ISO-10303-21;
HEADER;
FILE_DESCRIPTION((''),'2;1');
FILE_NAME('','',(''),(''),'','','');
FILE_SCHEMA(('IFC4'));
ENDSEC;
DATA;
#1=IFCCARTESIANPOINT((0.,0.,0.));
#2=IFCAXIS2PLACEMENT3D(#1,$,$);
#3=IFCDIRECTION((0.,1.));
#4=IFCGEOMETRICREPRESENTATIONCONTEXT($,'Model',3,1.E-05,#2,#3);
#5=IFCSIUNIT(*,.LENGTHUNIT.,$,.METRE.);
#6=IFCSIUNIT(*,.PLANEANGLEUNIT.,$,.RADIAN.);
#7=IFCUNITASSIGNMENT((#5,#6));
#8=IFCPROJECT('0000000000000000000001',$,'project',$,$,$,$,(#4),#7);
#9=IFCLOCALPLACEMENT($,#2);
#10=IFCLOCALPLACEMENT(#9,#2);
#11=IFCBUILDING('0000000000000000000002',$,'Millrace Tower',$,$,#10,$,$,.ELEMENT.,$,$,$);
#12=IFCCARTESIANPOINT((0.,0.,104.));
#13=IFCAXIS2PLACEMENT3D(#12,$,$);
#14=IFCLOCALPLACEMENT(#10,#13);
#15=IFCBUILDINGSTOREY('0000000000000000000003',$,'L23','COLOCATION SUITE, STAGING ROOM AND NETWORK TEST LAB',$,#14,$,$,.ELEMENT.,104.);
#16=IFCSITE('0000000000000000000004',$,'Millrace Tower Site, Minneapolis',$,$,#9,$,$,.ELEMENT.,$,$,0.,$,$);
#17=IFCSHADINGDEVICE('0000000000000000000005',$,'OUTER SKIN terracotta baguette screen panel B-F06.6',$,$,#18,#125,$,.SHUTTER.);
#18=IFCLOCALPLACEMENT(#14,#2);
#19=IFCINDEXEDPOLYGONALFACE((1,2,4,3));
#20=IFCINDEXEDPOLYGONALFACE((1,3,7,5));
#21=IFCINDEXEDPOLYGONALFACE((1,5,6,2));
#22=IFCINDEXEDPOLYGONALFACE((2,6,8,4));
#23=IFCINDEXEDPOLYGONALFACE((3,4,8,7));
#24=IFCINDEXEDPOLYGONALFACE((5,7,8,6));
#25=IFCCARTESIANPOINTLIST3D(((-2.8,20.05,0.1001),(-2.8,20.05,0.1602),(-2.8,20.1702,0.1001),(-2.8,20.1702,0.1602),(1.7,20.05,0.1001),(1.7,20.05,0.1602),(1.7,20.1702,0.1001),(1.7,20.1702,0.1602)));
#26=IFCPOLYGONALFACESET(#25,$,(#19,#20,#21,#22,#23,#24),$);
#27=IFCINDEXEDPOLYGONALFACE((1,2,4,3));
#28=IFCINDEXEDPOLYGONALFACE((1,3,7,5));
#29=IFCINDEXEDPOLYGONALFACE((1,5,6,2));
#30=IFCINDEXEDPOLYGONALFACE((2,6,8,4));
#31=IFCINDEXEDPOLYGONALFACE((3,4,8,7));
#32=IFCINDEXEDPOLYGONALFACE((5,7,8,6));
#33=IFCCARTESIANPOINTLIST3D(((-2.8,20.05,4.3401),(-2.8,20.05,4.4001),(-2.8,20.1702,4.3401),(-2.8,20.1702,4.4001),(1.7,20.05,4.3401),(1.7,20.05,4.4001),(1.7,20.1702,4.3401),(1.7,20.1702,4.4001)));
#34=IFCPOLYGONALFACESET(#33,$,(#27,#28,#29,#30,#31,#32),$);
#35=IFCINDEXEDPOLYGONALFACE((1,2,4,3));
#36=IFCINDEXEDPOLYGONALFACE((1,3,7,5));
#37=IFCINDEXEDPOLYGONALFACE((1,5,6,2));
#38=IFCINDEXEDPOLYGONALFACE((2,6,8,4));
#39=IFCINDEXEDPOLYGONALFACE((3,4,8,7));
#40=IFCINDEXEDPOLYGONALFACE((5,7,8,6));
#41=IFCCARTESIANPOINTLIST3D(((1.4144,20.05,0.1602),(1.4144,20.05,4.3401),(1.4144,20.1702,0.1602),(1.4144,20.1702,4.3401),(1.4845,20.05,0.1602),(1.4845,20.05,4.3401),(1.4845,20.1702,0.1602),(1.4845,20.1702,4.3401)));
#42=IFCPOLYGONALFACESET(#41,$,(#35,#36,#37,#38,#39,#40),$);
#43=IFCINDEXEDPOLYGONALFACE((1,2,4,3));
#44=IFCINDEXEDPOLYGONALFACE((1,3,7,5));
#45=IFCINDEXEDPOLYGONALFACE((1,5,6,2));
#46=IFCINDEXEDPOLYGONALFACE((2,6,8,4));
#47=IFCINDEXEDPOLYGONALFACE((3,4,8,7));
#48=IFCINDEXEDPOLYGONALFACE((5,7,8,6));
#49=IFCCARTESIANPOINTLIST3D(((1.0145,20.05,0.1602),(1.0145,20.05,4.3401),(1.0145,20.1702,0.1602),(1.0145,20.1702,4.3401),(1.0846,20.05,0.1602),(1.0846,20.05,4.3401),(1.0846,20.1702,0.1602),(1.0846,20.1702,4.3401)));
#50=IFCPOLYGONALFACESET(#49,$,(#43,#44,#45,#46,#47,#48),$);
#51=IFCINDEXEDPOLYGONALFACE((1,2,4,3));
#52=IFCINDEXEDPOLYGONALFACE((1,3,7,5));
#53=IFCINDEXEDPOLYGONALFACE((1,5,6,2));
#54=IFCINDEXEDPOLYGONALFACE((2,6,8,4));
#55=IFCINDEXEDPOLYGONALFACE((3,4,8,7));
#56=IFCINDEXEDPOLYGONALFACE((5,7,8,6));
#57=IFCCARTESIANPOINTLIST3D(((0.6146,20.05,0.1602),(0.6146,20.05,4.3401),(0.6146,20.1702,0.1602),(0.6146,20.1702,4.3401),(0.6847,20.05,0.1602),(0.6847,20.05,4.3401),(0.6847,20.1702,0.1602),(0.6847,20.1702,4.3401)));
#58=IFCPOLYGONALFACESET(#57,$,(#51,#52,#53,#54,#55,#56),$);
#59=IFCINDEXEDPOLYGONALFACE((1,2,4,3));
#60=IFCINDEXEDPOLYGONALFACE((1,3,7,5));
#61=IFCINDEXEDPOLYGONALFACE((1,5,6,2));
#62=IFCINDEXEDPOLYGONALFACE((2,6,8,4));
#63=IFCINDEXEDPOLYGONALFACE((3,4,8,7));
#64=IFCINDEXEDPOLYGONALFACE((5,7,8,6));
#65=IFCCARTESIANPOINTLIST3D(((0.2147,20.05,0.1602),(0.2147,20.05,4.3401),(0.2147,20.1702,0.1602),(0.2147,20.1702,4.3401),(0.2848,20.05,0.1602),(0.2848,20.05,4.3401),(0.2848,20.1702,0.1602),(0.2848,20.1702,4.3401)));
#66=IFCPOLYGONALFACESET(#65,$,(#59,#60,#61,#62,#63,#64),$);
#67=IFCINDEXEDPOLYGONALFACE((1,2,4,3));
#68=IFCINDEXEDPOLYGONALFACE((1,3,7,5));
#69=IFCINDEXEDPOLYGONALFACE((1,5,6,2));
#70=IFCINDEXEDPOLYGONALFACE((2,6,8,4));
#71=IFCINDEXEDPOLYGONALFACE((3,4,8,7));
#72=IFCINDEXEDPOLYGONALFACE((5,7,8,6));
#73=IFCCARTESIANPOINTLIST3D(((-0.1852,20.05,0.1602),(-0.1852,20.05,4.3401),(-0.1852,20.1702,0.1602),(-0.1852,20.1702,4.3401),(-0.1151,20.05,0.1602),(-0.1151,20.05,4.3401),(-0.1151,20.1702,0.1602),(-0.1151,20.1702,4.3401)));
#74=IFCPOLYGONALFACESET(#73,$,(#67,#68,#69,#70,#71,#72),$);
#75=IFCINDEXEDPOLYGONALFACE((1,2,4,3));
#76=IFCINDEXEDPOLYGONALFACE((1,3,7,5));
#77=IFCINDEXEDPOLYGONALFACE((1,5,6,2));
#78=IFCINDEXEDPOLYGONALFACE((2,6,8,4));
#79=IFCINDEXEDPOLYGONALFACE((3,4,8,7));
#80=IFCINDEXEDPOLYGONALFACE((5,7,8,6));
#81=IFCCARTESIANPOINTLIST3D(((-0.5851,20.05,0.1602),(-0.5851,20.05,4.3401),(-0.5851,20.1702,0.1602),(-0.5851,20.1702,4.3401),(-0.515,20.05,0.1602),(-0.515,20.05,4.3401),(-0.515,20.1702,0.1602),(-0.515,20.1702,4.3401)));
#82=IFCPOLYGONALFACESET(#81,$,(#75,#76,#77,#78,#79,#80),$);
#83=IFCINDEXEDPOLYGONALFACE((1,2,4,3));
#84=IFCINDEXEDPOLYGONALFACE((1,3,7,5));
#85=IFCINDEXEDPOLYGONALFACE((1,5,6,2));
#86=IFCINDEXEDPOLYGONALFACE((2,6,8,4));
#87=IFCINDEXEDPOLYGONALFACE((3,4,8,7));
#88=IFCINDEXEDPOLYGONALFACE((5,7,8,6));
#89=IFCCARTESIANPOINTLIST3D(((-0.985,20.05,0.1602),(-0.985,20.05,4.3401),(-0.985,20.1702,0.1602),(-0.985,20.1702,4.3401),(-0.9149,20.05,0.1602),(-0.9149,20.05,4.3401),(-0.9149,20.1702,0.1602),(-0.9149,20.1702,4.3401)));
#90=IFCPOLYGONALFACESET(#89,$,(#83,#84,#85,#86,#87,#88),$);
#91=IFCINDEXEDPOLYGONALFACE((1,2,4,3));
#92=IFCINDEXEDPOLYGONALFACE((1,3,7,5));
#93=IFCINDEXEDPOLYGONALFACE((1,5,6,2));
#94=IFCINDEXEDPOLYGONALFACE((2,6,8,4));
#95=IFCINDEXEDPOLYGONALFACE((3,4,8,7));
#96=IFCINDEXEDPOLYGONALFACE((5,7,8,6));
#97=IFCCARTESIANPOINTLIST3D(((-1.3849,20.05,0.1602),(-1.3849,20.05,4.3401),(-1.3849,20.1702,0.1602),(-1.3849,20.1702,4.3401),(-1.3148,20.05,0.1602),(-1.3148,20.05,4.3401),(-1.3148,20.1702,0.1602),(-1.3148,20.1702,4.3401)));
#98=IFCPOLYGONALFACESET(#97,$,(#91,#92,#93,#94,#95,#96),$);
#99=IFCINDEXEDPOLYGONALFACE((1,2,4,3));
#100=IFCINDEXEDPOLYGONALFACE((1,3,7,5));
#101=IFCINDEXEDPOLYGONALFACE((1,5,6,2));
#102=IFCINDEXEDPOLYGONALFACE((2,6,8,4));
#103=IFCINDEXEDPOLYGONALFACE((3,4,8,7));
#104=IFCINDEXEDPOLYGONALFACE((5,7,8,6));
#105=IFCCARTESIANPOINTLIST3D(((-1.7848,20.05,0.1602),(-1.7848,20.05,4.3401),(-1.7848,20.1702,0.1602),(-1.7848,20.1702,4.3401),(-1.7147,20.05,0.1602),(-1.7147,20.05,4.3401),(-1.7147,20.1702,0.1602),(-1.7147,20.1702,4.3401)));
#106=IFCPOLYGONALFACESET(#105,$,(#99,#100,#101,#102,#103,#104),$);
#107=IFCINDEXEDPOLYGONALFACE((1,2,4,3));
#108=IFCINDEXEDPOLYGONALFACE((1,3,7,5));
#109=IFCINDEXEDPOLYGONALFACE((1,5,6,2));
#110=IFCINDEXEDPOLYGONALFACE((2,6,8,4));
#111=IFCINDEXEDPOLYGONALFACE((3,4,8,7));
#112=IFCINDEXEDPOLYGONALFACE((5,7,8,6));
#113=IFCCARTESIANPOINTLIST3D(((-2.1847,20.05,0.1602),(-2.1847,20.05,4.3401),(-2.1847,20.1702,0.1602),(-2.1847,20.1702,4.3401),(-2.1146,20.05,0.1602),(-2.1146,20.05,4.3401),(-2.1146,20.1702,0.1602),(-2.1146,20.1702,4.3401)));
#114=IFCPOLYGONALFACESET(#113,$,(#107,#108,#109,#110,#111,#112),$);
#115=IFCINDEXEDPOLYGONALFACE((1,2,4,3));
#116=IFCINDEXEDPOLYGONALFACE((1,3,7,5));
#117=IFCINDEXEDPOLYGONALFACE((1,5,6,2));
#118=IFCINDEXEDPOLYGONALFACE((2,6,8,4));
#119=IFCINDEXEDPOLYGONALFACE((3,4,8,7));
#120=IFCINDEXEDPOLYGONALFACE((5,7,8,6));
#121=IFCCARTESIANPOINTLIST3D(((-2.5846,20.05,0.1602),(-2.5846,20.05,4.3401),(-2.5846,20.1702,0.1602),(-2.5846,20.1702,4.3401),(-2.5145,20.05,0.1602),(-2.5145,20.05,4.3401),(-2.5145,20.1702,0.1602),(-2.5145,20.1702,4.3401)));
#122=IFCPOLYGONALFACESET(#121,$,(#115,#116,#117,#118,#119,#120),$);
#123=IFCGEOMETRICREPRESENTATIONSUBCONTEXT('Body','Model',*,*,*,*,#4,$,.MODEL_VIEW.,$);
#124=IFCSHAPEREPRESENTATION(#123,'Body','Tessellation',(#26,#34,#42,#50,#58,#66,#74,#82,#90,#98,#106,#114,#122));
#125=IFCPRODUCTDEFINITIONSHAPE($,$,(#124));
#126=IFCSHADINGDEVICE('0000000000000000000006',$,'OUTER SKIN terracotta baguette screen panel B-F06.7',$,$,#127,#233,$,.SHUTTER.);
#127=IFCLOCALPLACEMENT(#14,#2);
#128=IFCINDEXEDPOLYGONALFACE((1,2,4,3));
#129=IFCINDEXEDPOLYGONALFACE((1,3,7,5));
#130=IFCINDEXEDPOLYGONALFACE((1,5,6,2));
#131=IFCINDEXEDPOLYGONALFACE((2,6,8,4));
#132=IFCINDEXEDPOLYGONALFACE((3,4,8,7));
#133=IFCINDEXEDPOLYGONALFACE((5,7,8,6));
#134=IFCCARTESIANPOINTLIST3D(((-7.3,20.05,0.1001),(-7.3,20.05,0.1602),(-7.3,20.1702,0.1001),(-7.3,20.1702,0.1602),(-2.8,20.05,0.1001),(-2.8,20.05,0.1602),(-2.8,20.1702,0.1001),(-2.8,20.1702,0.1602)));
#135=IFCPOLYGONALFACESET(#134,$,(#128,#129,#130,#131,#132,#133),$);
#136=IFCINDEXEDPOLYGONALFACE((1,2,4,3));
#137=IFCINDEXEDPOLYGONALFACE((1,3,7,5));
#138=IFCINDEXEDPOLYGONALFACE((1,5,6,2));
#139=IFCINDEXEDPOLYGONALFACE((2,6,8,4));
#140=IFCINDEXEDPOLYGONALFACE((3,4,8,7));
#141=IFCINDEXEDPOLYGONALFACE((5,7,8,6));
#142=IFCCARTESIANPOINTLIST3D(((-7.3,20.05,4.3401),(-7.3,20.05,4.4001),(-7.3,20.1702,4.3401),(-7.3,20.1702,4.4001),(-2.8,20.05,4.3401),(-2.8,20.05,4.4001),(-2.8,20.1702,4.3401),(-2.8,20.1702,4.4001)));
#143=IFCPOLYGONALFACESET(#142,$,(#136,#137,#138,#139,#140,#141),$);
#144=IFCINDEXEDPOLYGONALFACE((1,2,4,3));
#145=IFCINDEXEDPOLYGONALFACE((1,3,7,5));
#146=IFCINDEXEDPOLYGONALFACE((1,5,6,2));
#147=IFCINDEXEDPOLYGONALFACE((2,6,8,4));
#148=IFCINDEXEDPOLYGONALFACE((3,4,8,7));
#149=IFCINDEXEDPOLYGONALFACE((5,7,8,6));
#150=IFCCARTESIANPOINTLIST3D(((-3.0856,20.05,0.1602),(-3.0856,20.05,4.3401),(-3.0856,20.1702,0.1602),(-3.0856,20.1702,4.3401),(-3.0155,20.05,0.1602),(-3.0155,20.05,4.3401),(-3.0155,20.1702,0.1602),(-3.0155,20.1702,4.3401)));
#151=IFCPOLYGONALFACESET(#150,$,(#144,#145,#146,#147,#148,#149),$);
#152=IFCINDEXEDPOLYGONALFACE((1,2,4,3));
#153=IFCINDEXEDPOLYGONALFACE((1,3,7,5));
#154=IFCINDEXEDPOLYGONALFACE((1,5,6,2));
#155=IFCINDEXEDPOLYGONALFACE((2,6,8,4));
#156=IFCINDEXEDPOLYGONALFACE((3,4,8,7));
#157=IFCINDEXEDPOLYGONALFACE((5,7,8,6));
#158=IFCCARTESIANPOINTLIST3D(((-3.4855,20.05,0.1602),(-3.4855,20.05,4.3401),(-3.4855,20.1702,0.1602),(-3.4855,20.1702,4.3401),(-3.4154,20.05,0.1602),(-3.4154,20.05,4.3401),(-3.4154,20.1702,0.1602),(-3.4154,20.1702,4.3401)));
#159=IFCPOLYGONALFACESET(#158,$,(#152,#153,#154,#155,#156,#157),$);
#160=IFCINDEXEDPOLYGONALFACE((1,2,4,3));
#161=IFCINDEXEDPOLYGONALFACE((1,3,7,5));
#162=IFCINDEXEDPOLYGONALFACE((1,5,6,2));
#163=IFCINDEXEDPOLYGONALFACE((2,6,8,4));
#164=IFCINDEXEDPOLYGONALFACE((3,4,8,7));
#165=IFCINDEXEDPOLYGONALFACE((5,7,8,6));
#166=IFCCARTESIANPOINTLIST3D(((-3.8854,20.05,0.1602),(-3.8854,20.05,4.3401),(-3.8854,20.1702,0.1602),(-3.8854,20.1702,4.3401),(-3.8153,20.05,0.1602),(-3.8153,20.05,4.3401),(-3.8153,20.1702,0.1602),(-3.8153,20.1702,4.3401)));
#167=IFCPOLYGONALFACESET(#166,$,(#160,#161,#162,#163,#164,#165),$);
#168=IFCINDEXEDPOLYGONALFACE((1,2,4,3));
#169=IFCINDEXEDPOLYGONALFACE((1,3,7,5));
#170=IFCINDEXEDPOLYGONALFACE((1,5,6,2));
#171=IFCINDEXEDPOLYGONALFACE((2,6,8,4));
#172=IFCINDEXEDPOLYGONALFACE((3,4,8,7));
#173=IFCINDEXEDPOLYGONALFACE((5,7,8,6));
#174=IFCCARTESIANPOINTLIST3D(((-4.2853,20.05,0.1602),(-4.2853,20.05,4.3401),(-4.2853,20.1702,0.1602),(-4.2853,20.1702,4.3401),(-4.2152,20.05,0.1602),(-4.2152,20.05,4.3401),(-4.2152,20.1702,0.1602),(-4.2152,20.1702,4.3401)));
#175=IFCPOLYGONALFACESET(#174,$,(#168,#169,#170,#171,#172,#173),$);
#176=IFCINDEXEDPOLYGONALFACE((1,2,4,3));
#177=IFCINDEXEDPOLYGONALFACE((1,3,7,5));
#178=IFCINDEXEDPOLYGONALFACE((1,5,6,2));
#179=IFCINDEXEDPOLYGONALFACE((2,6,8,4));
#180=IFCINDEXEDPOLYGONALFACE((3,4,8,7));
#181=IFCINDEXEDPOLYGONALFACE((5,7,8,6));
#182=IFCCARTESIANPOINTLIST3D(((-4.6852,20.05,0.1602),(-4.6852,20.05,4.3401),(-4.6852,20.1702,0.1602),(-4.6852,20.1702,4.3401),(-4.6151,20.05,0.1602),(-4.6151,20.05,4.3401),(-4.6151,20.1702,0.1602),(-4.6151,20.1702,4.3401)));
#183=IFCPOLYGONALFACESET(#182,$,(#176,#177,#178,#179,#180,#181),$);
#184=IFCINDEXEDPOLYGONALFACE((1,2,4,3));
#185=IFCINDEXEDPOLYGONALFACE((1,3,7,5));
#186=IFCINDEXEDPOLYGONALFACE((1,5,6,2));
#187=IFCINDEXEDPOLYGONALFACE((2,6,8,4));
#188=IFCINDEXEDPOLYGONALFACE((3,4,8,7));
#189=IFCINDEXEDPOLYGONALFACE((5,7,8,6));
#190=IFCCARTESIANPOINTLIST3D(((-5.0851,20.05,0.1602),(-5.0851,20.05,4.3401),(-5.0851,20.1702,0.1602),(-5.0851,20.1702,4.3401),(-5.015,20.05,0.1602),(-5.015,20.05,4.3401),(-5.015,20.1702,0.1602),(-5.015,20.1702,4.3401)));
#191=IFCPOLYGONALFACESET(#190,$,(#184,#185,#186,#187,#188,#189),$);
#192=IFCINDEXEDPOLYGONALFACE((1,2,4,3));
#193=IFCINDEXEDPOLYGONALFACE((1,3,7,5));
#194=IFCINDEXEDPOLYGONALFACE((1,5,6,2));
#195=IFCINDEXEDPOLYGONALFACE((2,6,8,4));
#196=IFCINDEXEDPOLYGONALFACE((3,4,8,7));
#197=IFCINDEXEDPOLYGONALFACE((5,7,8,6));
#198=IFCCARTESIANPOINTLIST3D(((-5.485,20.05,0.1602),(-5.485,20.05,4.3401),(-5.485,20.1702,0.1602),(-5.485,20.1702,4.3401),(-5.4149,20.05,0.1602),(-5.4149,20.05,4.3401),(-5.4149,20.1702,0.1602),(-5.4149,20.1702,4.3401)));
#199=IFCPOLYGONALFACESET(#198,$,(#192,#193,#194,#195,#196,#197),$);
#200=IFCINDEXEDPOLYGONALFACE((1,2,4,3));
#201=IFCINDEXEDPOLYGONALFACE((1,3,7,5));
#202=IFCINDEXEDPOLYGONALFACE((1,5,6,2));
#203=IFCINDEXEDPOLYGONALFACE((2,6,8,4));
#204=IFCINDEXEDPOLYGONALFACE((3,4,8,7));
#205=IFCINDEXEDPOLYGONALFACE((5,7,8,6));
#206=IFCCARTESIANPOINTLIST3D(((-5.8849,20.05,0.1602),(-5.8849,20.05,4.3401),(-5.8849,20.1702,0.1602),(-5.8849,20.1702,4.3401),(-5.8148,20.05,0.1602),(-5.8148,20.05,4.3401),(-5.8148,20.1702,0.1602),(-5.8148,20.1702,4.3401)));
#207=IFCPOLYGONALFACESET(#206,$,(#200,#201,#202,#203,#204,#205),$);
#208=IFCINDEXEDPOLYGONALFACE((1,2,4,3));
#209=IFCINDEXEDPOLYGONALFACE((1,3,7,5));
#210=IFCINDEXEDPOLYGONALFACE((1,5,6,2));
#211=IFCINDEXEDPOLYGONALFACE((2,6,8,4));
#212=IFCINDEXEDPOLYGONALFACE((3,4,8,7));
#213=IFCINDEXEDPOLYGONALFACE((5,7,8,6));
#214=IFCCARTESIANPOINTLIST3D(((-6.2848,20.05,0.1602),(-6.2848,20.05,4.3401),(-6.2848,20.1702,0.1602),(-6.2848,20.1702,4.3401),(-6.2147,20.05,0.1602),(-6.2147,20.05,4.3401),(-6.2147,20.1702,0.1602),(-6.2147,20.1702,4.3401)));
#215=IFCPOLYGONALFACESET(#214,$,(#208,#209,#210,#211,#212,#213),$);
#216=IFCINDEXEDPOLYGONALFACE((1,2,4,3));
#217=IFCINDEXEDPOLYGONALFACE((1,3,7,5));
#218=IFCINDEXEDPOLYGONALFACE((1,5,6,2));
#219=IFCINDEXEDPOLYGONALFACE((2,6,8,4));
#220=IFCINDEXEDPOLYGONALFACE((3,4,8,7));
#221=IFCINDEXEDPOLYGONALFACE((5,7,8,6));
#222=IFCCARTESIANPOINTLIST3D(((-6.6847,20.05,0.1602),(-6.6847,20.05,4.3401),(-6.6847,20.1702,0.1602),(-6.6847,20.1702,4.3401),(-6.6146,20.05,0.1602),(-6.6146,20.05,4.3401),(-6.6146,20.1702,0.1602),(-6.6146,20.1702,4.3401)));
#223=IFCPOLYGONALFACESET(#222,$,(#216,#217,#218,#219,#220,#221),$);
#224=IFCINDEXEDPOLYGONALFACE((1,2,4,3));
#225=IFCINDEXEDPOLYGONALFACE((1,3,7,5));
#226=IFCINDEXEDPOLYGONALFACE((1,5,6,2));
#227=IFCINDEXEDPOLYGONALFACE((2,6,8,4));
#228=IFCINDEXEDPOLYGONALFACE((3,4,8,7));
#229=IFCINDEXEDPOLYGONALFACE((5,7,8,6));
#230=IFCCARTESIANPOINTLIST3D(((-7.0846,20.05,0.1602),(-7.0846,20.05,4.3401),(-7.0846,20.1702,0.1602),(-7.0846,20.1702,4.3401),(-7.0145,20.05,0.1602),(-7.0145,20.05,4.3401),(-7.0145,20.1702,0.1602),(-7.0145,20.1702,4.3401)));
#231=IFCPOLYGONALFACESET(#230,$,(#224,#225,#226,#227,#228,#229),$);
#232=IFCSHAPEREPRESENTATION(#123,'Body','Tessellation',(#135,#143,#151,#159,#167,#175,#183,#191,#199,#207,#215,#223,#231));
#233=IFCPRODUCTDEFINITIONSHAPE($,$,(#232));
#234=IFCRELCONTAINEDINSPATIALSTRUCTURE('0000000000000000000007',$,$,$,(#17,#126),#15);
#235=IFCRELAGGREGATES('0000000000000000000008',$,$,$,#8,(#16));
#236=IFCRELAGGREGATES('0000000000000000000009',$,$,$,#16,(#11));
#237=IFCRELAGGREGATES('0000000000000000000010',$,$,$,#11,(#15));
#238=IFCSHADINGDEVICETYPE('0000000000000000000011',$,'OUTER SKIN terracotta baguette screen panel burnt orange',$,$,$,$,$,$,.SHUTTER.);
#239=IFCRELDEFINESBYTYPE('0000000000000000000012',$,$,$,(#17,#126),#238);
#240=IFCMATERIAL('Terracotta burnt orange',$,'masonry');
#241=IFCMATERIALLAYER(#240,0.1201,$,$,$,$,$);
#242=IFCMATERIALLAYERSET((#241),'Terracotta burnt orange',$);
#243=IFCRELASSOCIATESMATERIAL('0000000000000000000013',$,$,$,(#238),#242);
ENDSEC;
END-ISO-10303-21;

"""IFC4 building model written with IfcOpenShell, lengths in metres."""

from ifc_helpers import new_model, entity, si_unit, direction, frame, frame_2d, origin, origin_2d, place, context, subcontext, project, spatial, rectangle, extrude, source, transform, mapped, material, layer, layer_set, type_object, element, save


model = new_model("IFC4")

# Units and contexts
model_context = context("Model", 3, precision=1e-05, world=origin(), true_north=direction((0.0, 1.0)))
body_context = subcontext(model_context, "Body", "Model", "MODEL_VIEW")
ifc_project = project(units=[si_unit("LENGTHUNIT", "METRE"), si_unit("PLANEANGLEUNIT", "RADIAN")], contexts=[model_context])

# Site, building, storey
site_placement = place(None, origin())
site = spatial("IfcSite", under=ifc_project, at=site_placement, Name="Millrace Tower Site, Minneapolis", CompositionType="ELEMENT", RefElevation=0.0)
building_placement = place(site_placement, origin())
building = spatial("IfcBuilding", under=site, at=building_placement, Name="Millrace Tower", CompositionType="ELEMENT")
storey_placement = place(building_placement, frame((0.0, 0.0, 104.0)))
storey = spatial("IfcBuildingStorey", under=building, at=storey_placement, Name="L23", Description="COLOCATION SUITE, STAGING ROOM AND NETWORK TEST LAB", CompositionType="ELEMENT", Elevation=104.0)

# Shading devices
ifc_material_1 = material(Name="Terracotta burnt orange", Category="masonry")
ifc_layer_1 = layer(ifc_material_1, 0.1201)
ifc_layer_set_1 = layer_set([ifc_layer_1], Name="Terracotta burnt orange")
shading_device_type = type_object("IfcShadingDeviceType", Name="OUTER SKIN terracotta baguette screen panel burnt orange", PredefinedType="SHUTTER", material=ifc_layer_set_1)
cartesian_point = entity("IfcCartesianPoint", [-2.25, 0.0601])
shared_polyline = entity("IfcPolyline", [cartesian_point, entity("IfcCartesianPoint", [2.25, 0.0601]), entity("IfcCartesianPoint", [2.25, -0.0601]), entity("IfcCartesianPoint", [-2.25, -0.0601]), cartesian_point])
shared_shape = source(origin(), body_context, "Body", "SweptSolid", [
    entity("IfcExtrudedAreaSolid", entity("IfcArbitraryClosedProfileDef", "AREA", None, shared_polyline), entity("IfcAxis2Placement3D", entity("IfcCartesianPoint", [0.0, 0.0, 0.0])), entity("IfcDirection", [0.0, 0.0, 1.0]), 0.0601),
    entity("IfcExtrudedAreaSolid", entity("IfcArbitraryClosedProfileDef", "AREA", None, shared_polyline), entity("IfcAxis2Placement3D", entity("IfcCartesianPoint", [0.0, 0.0, 4.24])), entity("IfcDirection", [0.0, 0.0, 1.0]), 0.0601),
    extrude(rectangle(XDim=0.0701, YDim=0.1201, at=frame_2d((-1.9995, 0.0))), frame((0.0, 0.0, 0.0601)), (0.0, 0.0, 1.0), 4.1799),
    extrude(rectangle(XDim=0.0701, YDim=0.1201, at=frame_2d((-1.5996, 0.0))), frame((0.0, 0.0, 0.0601)), (0.0, 0.0, 1.0), 4.1799),
    extrude(rectangle(XDim=0.0701, YDim=0.1201, at=frame_2d((-1.1997, 0.0))), frame((0.0, 0.0, 0.0601)), (0.0, 0.0, 1.0), 4.1799),
    extrude(rectangle(XDim=0.0701, YDim=0.1201, at=frame_2d((-0.7998, 0.0))), frame((0.0, 0.0, 0.0601)), (0.0, 0.0, 1.0), 4.1799),
    extrude(rectangle(XDim=0.0701, YDim=0.1201, at=frame_2d((-0.3999, 0.0))), frame((0.0, 0.0, 0.0601)), (0.0, 0.0, 1.0), 4.1799),
    extrude(rectangle(XDim=0.0701, YDim=0.1201, at=origin_2d()), frame((0.0, 0.0, 0.0601)), (0.0, 0.0, 1.0), 4.1799),
    extrude(rectangle(XDim=0.0701, YDim=0.1201, at=frame_2d((0.3999, 0.0))), frame((0.0, 0.0, 0.0601)), (0.0, 0.0, 1.0), 4.1799),
    extrude(rectangle(XDim=0.0701, YDim=0.1201, at=frame_2d((0.7998, 0.0))), frame((0.0, 0.0, 0.0601)), (0.0, 0.0, 1.0), 4.1799),
    extrude(rectangle(XDim=0.0701, YDim=0.1201, at=frame_2d((1.1997, 0.0))), frame((0.0, 0.0, 0.0601)), (0.0, 0.0, 1.0), 4.1799),
    extrude(rectangle(XDim=0.0701, YDim=0.1201, at=frame_2d((1.5996, 0.0))), frame((0.0, 0.0, 0.0601)), (0.0, 0.0, 1.0), 4.1799),
    extrude(rectangle(XDim=0.0701, YDim=0.1201, at=frame_2d((1.9995, 0.0))), frame((0.0, 0.0, 0.0601)), (0.0, 0.0, 1.0), 4.1799),
])
for number, where, z_axis, x_axis, name in (
    (1, (-0.55, 20.1101, 0.1001), (0.0, 0.0, 1.0), (-1.0, 0.0, 0.0), "OUTER SKIN terracotta baguette screen panel B-F06.6"),
    (2, (-5.05, 20.1101, 0.1001), (0.0, 0.0, 1.0), (-1.0, 0.0, 0.0), "OUTER SKIN terracotta baguette screen panel B-F06.7"),
):
    element("IfcShadingDevice", number, at=place(storey_placement, frame(where, z_axis=z_axis, x_axis=x_axis)), inside=storey, type_object=shading_device_type, Name=name, PredefinedType="SHUTTER", context=body_context, shape_type="MappedRepresentation", body=[
        mapped(shared_shape, transform((0.0, 0.0, 0.0), scale=1.0)),
    ])

save(model, "model.ifc")
